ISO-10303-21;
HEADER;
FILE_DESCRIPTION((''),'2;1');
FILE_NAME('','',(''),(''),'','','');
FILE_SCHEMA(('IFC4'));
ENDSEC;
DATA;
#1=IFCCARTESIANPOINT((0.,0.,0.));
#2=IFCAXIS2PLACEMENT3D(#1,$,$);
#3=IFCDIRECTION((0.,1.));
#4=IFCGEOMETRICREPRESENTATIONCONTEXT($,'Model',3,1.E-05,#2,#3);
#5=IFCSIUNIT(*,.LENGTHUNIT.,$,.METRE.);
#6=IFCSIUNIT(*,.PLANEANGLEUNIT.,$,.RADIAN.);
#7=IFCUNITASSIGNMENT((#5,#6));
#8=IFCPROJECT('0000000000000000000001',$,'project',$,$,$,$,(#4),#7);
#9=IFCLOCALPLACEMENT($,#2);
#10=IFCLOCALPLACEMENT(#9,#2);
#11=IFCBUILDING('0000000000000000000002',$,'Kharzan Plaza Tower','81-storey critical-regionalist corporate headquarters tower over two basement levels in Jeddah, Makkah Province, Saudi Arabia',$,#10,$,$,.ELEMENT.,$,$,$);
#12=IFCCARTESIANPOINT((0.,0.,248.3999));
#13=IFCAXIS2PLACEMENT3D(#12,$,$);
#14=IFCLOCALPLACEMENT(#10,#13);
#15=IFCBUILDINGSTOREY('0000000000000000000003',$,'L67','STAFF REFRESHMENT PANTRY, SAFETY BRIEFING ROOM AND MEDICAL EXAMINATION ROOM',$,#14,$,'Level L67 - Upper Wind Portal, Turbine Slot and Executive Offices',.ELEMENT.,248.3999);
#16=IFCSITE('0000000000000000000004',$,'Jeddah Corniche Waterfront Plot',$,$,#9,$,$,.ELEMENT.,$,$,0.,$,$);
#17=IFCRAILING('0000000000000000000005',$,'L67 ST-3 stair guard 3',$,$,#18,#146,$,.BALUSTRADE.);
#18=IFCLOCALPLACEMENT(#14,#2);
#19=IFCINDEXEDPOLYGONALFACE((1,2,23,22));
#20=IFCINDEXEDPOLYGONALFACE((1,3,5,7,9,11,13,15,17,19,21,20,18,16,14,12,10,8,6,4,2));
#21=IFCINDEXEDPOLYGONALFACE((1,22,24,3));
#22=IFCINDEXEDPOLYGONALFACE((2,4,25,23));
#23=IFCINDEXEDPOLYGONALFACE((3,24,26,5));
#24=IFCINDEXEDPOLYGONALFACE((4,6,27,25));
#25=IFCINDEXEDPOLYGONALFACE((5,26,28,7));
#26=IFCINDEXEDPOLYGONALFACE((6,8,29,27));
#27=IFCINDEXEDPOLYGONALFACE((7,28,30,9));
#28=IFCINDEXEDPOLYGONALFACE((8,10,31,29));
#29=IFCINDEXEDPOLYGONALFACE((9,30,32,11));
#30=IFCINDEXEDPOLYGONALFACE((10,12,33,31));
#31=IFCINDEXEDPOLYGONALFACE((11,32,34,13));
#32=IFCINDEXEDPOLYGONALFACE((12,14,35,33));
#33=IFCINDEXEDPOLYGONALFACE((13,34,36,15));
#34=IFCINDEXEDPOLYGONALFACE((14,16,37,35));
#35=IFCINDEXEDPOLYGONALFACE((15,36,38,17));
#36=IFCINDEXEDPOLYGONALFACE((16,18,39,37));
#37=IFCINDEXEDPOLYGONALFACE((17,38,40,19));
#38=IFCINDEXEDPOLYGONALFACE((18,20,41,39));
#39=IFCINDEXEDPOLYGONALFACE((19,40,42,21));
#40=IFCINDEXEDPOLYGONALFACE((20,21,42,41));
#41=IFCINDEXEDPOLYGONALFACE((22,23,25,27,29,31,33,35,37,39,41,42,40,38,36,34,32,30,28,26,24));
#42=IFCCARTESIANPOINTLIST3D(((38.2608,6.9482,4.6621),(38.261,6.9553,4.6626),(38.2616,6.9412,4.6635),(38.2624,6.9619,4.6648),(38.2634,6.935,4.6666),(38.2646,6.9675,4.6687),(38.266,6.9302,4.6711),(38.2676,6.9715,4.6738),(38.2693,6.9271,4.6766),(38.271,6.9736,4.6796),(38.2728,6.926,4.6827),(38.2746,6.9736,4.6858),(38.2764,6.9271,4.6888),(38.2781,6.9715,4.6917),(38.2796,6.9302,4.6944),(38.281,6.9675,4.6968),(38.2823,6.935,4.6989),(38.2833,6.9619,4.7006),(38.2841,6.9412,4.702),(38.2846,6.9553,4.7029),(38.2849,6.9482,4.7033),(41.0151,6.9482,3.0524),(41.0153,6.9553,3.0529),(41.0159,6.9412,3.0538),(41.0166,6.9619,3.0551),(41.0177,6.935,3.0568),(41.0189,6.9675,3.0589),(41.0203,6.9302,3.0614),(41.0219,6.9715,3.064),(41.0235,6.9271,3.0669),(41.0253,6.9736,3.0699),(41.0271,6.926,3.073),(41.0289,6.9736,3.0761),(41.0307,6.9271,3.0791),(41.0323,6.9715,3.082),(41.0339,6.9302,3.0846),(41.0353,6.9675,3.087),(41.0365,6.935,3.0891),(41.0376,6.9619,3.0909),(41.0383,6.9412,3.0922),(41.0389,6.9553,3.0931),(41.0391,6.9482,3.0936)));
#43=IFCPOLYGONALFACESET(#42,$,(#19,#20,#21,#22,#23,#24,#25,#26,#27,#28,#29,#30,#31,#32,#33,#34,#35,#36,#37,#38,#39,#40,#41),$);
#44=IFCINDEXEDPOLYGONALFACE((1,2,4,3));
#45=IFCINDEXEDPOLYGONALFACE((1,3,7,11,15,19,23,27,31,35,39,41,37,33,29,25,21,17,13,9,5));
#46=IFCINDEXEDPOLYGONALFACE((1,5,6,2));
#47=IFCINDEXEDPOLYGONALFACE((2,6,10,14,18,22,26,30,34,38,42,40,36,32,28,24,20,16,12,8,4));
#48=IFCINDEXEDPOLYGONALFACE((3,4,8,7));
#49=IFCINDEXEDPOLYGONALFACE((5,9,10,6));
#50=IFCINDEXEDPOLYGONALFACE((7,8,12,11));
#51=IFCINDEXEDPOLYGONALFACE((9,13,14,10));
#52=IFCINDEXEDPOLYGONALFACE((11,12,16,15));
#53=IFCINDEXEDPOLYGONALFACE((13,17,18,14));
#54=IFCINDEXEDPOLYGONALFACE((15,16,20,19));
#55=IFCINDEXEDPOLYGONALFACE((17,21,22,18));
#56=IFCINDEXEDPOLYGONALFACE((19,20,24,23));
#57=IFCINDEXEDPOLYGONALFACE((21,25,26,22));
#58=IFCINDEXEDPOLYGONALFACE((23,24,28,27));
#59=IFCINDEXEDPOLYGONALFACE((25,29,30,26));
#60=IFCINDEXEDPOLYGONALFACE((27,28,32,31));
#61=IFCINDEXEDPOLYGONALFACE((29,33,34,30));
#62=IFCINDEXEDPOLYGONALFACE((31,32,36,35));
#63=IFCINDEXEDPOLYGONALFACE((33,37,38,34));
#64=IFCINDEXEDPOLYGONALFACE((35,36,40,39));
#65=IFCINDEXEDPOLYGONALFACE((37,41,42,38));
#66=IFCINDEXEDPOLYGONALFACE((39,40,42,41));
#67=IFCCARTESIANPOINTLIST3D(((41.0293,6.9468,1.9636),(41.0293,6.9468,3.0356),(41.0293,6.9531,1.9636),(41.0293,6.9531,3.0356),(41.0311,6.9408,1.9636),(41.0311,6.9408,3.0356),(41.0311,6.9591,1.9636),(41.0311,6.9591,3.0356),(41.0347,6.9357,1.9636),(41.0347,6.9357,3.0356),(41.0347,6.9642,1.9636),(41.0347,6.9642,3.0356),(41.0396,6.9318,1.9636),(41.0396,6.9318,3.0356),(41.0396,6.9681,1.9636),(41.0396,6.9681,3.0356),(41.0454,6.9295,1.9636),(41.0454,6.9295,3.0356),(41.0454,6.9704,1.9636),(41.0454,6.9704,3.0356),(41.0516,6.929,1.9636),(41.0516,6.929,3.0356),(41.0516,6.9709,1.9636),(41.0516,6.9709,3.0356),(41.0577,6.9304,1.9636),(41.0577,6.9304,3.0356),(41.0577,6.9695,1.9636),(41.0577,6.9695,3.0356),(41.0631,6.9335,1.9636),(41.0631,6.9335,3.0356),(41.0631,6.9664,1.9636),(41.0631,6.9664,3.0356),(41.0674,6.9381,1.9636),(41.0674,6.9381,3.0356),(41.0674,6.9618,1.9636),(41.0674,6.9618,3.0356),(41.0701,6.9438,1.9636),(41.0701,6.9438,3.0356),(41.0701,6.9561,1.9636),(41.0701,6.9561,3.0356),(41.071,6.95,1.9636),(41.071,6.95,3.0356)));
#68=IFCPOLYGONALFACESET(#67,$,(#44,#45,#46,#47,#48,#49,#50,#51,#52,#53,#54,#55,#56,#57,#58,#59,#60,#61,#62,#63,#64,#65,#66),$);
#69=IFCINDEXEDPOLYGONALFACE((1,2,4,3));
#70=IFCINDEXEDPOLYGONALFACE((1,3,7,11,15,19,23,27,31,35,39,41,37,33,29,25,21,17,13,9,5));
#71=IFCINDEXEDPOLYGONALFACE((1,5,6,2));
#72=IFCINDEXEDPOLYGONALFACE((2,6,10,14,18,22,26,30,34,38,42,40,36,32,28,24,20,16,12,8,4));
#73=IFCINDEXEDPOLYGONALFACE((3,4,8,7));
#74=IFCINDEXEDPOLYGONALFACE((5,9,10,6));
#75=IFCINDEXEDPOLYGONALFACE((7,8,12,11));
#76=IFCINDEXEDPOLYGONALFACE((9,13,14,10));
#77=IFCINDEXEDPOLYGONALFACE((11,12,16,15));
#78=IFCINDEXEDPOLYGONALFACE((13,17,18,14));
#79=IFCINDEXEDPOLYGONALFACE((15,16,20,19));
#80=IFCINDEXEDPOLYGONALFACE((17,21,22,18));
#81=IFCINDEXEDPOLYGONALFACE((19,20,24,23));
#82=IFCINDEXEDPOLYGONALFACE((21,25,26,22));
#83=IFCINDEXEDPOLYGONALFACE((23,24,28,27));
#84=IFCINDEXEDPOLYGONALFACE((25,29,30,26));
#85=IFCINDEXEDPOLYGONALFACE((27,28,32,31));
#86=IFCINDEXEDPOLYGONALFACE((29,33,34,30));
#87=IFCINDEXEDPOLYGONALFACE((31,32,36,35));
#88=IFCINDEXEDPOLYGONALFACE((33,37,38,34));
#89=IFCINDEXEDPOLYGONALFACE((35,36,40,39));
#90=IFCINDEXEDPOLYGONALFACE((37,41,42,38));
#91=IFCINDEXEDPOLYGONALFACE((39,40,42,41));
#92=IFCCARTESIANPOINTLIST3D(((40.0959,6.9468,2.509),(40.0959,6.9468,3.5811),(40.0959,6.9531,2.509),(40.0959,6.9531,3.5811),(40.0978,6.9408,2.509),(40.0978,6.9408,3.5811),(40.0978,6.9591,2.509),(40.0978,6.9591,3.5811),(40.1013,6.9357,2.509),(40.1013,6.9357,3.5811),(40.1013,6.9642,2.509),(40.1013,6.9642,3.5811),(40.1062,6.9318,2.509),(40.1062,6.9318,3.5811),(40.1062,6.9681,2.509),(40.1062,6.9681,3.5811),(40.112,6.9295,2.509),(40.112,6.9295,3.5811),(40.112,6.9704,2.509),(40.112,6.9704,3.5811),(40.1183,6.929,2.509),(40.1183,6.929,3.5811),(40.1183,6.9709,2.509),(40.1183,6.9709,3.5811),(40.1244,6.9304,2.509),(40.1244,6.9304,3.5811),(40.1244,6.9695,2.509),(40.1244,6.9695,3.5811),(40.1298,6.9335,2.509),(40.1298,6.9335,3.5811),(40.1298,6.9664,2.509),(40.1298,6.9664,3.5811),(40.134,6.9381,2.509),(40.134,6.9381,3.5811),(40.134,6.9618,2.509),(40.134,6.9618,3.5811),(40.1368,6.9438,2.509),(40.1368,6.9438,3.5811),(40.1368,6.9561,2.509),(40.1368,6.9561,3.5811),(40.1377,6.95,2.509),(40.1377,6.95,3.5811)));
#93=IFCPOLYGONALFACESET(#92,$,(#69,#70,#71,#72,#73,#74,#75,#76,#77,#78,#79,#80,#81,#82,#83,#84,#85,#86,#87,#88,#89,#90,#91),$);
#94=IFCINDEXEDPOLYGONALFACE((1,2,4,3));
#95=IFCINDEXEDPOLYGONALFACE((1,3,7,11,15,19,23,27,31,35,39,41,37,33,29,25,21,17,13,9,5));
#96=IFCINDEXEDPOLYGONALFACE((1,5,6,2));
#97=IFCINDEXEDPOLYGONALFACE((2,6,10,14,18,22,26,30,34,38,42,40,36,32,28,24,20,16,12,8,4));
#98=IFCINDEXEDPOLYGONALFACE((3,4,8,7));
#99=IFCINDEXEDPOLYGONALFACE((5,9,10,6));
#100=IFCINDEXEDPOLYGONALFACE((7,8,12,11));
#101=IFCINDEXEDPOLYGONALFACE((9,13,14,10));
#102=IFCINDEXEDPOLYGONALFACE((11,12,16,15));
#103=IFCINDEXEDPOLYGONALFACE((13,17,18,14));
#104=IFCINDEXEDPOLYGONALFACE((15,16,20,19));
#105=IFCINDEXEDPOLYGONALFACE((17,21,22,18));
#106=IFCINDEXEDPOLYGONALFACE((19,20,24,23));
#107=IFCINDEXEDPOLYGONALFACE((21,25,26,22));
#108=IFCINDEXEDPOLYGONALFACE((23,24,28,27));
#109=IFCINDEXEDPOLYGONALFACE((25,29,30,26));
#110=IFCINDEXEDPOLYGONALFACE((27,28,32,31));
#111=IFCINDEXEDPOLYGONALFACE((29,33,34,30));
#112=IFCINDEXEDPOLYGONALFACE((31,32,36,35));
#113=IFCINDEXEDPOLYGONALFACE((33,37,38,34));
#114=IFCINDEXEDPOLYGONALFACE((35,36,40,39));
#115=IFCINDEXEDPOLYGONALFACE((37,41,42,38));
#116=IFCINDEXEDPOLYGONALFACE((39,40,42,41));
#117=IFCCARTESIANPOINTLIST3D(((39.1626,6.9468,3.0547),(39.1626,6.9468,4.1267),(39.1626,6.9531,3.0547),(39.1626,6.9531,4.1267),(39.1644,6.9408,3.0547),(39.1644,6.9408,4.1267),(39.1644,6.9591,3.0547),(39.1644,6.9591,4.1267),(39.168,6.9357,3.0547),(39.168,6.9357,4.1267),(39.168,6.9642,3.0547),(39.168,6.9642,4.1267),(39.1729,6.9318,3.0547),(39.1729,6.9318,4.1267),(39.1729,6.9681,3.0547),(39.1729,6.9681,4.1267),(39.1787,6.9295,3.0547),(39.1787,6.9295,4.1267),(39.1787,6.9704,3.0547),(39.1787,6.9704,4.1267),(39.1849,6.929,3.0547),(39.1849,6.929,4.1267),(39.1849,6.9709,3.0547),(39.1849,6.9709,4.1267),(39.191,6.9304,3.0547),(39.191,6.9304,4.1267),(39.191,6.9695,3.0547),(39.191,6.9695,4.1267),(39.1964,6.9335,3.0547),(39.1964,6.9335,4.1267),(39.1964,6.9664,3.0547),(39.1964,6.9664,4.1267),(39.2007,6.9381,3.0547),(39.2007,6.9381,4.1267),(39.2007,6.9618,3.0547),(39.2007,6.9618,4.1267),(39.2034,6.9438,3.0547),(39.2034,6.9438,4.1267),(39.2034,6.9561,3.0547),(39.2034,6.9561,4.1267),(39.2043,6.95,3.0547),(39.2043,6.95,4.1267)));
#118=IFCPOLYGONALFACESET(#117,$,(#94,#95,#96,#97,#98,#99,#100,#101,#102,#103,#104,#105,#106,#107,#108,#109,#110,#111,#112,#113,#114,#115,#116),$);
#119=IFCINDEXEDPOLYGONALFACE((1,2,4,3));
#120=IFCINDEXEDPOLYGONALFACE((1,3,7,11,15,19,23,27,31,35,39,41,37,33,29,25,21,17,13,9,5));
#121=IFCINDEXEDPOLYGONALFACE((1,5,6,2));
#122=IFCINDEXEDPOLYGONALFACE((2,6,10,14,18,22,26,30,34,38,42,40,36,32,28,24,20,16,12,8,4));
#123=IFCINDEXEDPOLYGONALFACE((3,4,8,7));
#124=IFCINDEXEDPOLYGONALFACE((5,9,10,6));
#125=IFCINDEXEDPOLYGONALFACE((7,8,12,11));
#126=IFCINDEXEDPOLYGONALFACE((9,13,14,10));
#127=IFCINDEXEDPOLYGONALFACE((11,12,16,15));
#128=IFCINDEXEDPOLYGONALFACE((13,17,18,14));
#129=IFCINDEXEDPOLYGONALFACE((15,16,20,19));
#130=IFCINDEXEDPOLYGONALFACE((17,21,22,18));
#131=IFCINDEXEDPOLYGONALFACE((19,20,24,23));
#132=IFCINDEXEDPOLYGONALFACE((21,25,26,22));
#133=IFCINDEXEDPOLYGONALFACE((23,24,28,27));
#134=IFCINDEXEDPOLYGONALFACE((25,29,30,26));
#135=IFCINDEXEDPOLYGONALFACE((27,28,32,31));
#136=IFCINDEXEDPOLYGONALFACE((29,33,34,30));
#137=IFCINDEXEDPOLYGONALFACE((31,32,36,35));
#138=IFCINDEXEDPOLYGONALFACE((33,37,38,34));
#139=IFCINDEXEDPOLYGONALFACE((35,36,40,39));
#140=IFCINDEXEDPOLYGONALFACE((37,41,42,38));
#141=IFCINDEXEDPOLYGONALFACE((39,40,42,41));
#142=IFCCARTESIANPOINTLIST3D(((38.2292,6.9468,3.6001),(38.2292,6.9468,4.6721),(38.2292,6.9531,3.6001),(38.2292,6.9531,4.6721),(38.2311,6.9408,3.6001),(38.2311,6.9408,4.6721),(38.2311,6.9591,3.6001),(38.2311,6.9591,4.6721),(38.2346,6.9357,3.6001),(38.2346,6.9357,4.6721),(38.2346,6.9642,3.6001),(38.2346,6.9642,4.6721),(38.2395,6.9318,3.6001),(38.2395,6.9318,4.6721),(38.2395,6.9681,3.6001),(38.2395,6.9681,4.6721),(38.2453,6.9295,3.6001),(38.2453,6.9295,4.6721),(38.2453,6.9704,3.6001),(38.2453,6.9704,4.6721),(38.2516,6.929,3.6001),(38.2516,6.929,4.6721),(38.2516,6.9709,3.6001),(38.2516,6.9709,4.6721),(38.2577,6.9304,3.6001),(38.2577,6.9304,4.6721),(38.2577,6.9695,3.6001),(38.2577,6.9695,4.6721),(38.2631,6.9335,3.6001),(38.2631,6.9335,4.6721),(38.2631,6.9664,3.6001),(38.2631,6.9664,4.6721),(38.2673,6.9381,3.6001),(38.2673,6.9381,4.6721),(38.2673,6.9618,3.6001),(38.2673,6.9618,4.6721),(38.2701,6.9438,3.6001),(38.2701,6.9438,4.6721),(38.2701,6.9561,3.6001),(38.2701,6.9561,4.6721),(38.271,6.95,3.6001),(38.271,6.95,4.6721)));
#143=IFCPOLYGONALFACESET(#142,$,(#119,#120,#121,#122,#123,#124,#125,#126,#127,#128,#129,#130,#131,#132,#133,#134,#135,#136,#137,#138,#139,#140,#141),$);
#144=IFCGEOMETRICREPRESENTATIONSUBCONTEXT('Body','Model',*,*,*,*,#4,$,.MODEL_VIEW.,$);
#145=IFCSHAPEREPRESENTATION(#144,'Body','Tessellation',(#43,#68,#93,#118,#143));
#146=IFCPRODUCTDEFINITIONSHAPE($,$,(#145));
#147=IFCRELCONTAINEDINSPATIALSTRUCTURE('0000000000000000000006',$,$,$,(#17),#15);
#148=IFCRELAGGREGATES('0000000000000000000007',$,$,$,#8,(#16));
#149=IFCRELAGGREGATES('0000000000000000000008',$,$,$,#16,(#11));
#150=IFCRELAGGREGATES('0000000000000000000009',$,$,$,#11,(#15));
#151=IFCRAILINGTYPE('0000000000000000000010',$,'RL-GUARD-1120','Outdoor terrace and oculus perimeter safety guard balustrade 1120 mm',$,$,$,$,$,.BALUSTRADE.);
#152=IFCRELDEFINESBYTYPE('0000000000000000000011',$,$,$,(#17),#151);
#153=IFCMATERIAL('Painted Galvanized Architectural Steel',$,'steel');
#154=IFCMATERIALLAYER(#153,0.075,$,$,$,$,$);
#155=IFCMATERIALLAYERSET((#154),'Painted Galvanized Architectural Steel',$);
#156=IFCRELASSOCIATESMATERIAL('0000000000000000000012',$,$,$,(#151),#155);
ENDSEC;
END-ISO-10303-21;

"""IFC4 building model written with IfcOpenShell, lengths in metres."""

from ifc_helpers import new_model, si_unit, direction, frame, origin, origin_2d, place, context, subcontext, project, spatial, circle, extrude, source, transform, mapped, material, layer, layer_set, type_object, element, save


model = new_model("IFC4")

# Units and contexts
model_context = context("Model", 3, precision=1e-05, world=origin(), true_north=direction((0.0, 1.0)))
body_context = subcontext(model_context, "Body", "Model", "MODEL_VIEW")
ifc_project = project(units=[si_unit("LENGTHUNIT", "METRE"), si_unit("PLANEANGLEUNIT", "RADIAN")], contexts=[model_context])

# Site, building, storey
site_placement = place(None, origin())
site = spatial("IfcSite", under=ifc_project, at=site_placement, Name="Jeddah Corniche Waterfront Plot", CompositionType="ELEMENT", RefElevation=0.0)
building_placement = place(site_placement, origin())
building = spatial("IfcBuilding", under=site, at=building_placement, Name="Kharzan Plaza Tower", Description="81-storey critical-regionalist corporate headquarters tower over two basement levels in Jeddah, Makkah Province, Saudi Arabia", CompositionType="ELEMENT")
storey_placement = place(building_placement, frame((0.0, 0.0, 248.3999)))
storey = spatial("IfcBuildingStorey", under=building, at=storey_placement, Name="L67", Description="STAFF REFRESHMENT PANTRY, SAFETY BRIEFING ROOM AND MEDICAL EXAMINATION ROOM", LongName="Level L67 - Upper Wind Portal, Turbine Slot and Executive Offices", CompositionType="ELEMENT", Elevation=248.3999)

# Railing
ifc_material_1 = material(Name="Painted Galvanized Architectural Steel", Category="steel")
ifc_layer_1 = layer(ifc_material_1, 0.075)
ifc_layer_set_1 = layer_set([ifc_layer_1], Name="Painted Galvanized Architectural Steel")
railing_type_1 = type_object("IfcRailingType", Name="RL-GUARD-1120", Description="Outdoor terrace and oculus perimeter safety guard balustrade 1120 mm", PredefinedType="BALUSTRADE", material=ifc_layer_set_1)
shared_shape_1 = source(origin(), body_context, "Body", "SweptSolid", [
    extrude(circle(Radius=0.0239, at=origin_2d()), frame((-0.0229, 0.0, 1.1094), z_axis=(-0.863361, 0.0, 0.504587), x_axis=(0.0, -1.0, 0.0)), (0.0, 0.0, 1.0), 3.1902),
    extrude(circle(Radius=0.021, at=origin_2d()), origin(), (0.0, 0.0, 1.0), 1.072),
    extrude(circle(Radius=0.021, at=origin_2d()), frame((-0.9333, 0.0, 0.5454)), (0.0, 0.0, 1.0), 1.072),
    extrude(circle(Radius=0.021, at=origin_2d()), frame((-1.8667, 0.0, 1.0911)), (0.0, 0.0, 1.0), 1.072),
    extrude(circle(Radius=0.021, at=origin_2d()), frame((-2.8, 0.0, 1.6365)), (0.0, 0.0, 1.0), 1.072),
])
railing_1_placement = place(storey_placement, frame((41.05, 6.95, 1.9636)))
element("IfcRailing", 1, at=railing_1_placement, inside=storey, type_object=railing_type_1, Name="L67 ST-3 stair guard 3", PredefinedType="BALUSTRADE", context=body_context, shape_type="MappedRepresentation", body=[
    mapped(shared_shape_1, transform((0.0, 0.0, 0.0), x_axis=(1.0, 0.0, 0.0), y_axis=(0.0, 1.0, 0.0), z_axis=(0.0, 0.0, 1.0))),
])

save(model, "model.ifc")
